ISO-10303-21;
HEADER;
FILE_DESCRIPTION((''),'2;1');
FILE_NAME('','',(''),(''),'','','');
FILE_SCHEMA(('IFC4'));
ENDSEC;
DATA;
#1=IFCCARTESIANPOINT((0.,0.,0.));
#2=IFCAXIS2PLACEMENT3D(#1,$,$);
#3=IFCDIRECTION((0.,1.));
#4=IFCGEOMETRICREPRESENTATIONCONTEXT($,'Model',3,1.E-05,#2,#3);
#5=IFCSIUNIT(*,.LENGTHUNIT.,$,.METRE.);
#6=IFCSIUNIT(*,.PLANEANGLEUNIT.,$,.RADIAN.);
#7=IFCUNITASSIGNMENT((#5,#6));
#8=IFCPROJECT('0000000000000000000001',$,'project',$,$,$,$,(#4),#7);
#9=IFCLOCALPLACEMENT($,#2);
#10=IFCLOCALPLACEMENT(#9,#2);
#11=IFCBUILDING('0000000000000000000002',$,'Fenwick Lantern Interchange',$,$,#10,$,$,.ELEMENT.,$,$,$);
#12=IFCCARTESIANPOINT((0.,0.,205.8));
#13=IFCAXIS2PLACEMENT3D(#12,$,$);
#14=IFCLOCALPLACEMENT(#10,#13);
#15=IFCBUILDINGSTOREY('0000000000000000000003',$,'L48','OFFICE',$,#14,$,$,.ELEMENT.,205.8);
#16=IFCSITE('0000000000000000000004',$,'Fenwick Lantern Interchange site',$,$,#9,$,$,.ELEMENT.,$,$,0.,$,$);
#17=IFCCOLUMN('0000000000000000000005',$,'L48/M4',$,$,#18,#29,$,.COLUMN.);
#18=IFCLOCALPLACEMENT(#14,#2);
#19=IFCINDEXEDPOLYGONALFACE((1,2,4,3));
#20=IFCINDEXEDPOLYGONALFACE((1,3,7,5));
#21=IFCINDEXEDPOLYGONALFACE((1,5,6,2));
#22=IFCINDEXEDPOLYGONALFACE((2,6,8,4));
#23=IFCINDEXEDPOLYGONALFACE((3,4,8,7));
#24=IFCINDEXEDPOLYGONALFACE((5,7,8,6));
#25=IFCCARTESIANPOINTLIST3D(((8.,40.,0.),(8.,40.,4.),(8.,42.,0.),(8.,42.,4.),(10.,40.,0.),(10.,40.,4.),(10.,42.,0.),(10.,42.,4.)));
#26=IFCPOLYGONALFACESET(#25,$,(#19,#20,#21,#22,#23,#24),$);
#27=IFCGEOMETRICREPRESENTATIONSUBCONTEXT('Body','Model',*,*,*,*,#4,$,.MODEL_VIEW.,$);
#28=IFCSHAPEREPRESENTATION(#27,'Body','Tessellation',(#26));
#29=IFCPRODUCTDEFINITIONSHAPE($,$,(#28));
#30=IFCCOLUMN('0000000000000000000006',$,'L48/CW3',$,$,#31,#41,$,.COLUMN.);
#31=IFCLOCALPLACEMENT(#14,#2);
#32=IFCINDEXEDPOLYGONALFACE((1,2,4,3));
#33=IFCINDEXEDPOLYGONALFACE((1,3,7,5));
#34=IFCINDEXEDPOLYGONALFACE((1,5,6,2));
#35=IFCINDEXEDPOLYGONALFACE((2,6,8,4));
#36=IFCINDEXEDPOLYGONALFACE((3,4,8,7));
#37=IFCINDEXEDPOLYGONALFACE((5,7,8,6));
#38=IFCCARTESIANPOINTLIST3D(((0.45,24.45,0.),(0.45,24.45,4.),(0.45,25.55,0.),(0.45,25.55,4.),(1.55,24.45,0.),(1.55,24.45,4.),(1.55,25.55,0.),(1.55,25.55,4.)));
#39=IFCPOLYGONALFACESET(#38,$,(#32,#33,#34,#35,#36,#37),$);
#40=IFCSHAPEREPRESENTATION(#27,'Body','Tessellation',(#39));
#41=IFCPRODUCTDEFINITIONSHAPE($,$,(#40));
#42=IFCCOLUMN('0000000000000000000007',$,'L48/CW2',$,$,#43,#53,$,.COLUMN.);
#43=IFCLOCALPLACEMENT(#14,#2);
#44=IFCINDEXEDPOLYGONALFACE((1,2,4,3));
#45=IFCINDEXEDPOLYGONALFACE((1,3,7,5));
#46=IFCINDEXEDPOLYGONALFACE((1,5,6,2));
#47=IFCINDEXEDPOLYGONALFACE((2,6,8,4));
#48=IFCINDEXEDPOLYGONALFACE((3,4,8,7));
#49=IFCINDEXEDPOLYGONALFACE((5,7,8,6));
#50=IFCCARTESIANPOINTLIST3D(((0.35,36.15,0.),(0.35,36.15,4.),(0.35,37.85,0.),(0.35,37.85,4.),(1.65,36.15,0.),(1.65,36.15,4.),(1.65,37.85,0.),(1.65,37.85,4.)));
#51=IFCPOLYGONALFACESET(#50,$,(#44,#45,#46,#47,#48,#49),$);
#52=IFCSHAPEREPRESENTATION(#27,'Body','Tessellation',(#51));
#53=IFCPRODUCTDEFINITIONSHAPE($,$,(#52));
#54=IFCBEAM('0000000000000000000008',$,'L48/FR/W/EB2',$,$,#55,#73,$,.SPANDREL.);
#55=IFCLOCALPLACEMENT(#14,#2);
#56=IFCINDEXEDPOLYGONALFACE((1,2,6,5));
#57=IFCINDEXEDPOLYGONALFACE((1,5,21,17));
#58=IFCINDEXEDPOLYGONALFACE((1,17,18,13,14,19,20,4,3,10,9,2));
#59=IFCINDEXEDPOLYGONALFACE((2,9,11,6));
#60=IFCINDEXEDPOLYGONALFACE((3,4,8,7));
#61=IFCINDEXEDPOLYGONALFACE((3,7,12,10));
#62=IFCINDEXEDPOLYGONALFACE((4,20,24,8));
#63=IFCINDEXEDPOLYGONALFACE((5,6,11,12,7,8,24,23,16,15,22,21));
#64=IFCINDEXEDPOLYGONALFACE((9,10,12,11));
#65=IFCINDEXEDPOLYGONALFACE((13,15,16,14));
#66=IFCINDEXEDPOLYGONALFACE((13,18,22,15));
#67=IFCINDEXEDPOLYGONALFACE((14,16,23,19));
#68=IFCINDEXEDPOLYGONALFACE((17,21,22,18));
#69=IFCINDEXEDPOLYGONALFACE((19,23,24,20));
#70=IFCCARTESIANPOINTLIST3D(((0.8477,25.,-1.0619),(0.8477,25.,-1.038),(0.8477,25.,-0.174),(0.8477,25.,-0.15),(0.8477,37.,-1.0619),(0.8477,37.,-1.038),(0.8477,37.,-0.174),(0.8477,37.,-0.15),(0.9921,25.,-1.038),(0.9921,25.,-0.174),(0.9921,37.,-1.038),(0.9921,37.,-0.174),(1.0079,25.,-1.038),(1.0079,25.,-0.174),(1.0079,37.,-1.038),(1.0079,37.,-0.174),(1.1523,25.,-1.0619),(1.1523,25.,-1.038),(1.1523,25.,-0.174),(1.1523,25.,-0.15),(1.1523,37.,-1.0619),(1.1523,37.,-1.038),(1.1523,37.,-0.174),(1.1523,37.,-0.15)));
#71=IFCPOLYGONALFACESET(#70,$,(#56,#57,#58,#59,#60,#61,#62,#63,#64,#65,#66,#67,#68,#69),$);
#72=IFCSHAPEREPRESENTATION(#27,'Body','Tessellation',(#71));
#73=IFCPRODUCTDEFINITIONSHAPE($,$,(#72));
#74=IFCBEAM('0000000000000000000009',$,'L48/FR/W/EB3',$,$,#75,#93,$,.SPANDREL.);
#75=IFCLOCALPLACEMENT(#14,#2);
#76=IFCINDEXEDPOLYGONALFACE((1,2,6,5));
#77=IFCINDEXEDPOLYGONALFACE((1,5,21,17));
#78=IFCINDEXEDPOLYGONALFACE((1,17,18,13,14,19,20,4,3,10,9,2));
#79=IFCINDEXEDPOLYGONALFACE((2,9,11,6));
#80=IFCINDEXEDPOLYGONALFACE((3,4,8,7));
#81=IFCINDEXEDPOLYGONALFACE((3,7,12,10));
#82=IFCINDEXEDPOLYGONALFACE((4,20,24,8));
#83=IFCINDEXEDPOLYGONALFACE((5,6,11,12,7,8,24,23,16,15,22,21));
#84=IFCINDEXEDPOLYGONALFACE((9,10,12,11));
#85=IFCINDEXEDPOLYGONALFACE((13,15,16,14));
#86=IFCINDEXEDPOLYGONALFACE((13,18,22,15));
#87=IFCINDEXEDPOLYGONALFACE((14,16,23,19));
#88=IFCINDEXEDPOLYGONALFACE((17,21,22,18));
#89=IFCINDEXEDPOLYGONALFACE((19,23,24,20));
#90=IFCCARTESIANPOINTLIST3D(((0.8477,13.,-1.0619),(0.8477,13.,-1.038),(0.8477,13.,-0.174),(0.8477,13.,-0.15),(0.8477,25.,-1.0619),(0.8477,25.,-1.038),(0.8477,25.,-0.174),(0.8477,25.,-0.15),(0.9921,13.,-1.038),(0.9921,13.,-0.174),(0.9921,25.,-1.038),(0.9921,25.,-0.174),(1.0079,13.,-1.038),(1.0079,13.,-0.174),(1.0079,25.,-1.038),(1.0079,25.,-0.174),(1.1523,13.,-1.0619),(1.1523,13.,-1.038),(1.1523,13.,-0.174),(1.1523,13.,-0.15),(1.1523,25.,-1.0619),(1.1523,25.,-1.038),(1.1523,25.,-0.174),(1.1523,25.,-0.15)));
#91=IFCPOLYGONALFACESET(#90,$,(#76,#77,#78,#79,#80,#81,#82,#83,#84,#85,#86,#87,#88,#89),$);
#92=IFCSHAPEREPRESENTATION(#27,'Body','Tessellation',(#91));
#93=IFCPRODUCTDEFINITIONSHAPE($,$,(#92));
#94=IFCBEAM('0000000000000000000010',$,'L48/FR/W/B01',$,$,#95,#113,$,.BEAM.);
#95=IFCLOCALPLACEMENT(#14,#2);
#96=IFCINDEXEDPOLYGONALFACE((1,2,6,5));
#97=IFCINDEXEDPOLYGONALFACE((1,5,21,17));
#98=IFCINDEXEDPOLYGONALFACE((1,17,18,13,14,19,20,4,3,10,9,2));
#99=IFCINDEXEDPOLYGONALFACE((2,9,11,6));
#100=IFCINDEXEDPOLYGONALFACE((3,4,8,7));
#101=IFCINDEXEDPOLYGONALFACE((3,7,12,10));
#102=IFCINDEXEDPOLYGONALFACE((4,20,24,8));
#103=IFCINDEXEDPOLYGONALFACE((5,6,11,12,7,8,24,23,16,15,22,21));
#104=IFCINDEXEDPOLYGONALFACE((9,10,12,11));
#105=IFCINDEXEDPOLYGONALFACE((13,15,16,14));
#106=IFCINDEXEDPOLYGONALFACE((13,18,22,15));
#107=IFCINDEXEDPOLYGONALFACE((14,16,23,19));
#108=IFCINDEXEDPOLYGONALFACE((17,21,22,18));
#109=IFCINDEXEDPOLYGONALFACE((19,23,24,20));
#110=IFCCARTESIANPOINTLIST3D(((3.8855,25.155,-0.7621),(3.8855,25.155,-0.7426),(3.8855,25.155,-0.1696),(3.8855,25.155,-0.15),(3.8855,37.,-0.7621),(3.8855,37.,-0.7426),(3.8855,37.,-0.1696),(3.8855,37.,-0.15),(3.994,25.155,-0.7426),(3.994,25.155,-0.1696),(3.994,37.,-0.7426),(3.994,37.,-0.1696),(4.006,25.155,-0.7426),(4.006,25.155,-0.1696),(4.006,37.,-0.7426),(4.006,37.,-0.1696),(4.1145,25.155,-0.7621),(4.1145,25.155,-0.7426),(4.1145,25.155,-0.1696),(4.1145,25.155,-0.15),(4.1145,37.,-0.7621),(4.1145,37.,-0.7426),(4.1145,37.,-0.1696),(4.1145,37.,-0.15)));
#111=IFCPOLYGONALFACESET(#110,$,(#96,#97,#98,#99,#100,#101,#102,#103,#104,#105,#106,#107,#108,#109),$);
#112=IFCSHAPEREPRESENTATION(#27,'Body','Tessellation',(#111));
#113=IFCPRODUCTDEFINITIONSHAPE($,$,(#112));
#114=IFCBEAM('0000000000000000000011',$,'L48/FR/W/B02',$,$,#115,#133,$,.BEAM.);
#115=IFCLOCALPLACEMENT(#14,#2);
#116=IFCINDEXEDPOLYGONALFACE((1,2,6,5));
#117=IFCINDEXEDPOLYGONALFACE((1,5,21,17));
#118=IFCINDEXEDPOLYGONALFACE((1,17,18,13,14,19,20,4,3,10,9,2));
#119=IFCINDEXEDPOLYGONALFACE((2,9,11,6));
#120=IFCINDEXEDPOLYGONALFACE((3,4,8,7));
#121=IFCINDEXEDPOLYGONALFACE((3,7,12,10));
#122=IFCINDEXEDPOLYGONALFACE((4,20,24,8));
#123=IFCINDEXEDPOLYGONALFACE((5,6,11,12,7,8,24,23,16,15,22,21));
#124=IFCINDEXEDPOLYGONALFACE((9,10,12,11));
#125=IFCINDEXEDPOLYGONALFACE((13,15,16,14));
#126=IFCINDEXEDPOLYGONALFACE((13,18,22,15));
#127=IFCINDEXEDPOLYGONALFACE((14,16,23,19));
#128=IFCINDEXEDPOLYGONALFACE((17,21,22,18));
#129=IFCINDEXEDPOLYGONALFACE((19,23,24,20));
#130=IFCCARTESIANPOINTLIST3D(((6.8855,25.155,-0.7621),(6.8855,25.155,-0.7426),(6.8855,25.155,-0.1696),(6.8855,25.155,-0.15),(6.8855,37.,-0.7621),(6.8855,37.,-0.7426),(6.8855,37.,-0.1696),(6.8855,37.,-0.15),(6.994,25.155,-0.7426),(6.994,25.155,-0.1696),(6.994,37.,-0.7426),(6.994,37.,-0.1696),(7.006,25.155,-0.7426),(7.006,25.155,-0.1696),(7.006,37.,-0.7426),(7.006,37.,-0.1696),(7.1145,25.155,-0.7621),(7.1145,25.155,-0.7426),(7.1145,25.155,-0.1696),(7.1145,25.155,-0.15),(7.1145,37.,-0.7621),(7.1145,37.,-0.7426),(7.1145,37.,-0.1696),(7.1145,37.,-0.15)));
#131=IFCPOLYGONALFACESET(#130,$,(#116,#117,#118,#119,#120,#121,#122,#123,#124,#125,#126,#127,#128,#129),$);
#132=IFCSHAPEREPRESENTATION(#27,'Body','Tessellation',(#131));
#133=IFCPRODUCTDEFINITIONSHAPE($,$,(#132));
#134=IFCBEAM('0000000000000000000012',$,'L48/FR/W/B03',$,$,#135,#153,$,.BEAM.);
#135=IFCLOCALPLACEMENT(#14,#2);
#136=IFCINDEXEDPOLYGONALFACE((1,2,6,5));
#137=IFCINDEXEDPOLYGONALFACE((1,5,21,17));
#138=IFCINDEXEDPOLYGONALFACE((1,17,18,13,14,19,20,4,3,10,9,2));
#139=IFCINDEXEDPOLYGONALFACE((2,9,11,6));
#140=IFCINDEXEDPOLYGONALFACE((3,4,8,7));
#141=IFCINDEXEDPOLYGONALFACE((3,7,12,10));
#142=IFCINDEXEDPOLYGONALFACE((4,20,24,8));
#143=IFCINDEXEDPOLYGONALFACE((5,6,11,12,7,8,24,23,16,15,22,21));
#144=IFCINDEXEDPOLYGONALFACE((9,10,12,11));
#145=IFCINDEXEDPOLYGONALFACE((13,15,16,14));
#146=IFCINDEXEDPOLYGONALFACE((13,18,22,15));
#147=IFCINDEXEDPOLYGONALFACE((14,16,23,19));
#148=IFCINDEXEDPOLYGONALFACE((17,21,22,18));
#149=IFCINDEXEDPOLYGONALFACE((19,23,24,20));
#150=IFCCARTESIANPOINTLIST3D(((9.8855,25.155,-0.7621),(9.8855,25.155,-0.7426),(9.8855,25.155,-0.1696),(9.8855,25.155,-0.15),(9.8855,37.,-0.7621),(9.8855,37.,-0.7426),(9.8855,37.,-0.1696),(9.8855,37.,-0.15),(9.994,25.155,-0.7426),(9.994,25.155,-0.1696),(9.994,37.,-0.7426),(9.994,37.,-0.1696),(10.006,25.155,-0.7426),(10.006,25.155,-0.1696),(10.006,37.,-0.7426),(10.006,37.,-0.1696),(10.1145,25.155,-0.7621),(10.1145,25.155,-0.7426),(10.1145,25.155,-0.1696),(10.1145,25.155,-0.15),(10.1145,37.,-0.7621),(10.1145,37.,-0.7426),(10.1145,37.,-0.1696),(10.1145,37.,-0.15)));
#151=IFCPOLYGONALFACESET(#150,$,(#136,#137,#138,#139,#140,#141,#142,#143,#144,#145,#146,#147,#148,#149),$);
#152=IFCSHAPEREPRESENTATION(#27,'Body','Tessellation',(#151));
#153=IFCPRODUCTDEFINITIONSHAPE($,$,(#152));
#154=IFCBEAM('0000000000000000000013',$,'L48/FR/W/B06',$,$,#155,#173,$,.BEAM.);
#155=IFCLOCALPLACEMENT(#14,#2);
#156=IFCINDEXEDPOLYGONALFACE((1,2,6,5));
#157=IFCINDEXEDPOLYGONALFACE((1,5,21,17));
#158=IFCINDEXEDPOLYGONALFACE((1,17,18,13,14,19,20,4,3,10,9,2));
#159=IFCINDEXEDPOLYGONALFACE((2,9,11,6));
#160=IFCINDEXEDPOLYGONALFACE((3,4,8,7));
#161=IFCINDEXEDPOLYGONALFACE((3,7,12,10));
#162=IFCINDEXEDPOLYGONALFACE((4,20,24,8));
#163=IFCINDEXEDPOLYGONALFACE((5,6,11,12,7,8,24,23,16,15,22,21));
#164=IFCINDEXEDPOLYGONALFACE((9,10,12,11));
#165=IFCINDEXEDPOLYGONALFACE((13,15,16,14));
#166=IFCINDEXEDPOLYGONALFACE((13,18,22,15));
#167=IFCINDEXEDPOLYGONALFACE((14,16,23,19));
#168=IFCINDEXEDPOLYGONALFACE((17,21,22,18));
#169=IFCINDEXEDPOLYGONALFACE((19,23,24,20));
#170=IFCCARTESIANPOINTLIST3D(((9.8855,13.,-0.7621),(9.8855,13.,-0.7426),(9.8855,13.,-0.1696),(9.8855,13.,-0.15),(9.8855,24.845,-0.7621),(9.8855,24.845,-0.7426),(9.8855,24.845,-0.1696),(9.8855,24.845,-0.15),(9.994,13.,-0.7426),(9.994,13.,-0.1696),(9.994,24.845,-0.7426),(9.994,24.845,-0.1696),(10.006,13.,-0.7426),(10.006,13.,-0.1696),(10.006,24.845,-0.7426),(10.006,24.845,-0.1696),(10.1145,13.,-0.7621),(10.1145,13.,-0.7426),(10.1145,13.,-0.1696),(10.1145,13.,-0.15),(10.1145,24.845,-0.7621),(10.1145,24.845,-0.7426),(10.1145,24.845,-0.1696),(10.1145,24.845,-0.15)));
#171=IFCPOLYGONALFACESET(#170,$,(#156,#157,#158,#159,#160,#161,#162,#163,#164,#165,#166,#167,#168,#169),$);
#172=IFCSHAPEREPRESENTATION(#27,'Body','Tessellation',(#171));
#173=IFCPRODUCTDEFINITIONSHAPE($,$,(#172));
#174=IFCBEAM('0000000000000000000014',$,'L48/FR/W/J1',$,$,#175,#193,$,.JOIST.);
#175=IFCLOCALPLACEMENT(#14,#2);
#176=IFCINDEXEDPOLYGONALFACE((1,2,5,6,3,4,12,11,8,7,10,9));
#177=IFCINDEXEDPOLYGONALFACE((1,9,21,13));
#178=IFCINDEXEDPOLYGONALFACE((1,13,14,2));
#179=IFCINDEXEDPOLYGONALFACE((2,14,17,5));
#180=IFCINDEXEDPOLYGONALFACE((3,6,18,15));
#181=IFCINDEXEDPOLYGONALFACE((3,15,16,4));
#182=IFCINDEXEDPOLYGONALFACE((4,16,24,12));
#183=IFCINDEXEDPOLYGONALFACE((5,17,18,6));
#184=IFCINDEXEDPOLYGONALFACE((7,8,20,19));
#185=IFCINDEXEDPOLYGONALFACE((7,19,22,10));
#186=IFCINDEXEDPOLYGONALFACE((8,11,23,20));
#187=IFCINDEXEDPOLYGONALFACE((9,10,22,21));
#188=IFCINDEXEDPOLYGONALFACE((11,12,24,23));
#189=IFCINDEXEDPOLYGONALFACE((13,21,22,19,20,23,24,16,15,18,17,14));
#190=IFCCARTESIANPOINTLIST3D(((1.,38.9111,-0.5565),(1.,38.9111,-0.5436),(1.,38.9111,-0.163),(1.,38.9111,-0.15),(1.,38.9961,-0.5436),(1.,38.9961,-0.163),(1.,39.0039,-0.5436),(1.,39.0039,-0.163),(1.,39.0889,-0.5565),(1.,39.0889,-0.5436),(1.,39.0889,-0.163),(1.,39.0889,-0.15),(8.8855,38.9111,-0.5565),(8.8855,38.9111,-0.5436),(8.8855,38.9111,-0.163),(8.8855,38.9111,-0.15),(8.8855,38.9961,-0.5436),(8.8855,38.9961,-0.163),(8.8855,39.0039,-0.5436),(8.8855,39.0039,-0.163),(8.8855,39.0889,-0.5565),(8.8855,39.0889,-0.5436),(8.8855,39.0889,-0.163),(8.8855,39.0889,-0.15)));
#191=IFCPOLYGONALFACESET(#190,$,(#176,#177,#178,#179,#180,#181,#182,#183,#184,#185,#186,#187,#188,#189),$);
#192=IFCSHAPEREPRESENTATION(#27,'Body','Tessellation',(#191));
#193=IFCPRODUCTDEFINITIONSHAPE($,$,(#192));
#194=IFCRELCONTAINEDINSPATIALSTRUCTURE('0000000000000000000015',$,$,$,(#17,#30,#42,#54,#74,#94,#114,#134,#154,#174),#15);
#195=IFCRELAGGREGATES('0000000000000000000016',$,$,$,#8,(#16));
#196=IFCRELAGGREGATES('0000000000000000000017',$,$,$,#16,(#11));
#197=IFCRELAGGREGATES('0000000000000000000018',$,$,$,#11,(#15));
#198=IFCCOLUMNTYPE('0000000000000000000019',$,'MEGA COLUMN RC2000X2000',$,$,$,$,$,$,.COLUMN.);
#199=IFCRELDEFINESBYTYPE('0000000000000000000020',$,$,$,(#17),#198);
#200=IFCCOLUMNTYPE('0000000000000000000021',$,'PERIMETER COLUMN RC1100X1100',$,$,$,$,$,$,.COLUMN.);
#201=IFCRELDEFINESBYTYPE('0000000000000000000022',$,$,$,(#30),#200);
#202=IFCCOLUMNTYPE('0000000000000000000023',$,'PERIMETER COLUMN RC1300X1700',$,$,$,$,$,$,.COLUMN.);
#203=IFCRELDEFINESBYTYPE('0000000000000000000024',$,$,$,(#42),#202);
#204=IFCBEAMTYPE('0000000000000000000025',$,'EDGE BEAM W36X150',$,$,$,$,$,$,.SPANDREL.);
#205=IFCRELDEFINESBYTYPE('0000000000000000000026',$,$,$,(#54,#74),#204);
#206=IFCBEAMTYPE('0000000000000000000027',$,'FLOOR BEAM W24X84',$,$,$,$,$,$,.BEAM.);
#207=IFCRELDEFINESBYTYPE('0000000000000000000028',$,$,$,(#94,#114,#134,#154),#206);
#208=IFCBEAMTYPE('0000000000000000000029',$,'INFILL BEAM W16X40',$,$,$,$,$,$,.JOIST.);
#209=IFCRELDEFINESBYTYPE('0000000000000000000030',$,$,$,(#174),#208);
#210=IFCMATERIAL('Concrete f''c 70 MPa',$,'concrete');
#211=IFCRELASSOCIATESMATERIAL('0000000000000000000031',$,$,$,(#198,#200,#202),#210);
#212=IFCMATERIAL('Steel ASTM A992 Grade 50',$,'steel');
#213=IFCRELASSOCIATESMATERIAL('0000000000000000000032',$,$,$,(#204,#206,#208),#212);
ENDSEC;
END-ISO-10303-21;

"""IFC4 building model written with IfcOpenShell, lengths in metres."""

from ifc_helpers import new_model, si_unit, direction, frame, origin, origin_2d, place, context, subcontext, project, spatial, rectangle, i_section, extrude, material, material_profile, profile_set, type_object, element, save


model = new_model("IFC4")

# Units and contexts
model_context = context("Model", 3, precision=1e-05, world=origin(), true_north=direction((0.0, 1.0)))
body_context = subcontext(model_context, "Body", "Model", "MODEL_VIEW")
ifc_project = project(units=[si_unit("LENGTHUNIT", "METRE"), si_unit("PLANEANGLEUNIT", "RADIAN")], contexts=[model_context])

# Site, building, storey
site_placement = place(None, origin())
site = spatial("IfcSite", under=ifc_project, at=site_placement, Name="Fenwick Lantern Interchange site", CompositionType="ELEMENT", RefElevation=0.0)
building_placement = place(site_placement, origin())
building = spatial("IfcBuilding", under=site, at=building_placement, Name="Fenwick Lantern Interchange", CompositionType="ELEMENT")
storey_placement = place(building_placement, frame((0.0, 0.0, 205.8)))
storey = spatial("IfcBuildingStorey", under=building, at=storey_placement, Name="L48", Description="OFFICE", CompositionType="ELEMENT", Elevation=205.8)

# Columns
ifc_material_1 = material(Name="Concrete f'c 70 MPa", Category="concrete")
ifc_material_profile_1 = material_profile(ifc_material_1, rectangle(XDim=2.0, YDim=2.0, at=origin_2d()), Name="RC2000X2000")
ifc_profile_set_1 = profile_set([ifc_material_profile_1], Name="Concrete f'c 70 MPa")
column_type_1 = type_object("IfcColumnType", Name="MEGA COLUMN RC2000X2000", PredefinedType="COLUMN", material=ifc_profile_set_1)
column_1_placement = place(storey_placement, frame((9.0, 41.0, 0.0), z_axis=(0.0, 0.0, 1.0), x_axis=(1.0, 0.0, 0.0)))
element("IfcColumn", 1, at=column_1_placement, inside=storey, type_object=column_type_1, Name="L48/M4", PredefinedType="COLUMN", context=body_context, shape_type="SweptSolid", body=[
    extrude(rectangle(XDim=2.0, YDim=2.0, at=origin_2d()), origin(), (0.0, 0.0, 1.0), 4.0),
])
ifc_material_profile_2 = material_profile(ifc_material_1, rectangle(XDim=1.1001, YDim=1.1001, at=origin_2d()), Name="RC1100X1100")
ifc_profile_set_2 = profile_set([ifc_material_profile_2], Name="Concrete f'c 70 MPa")
column_type_2 = type_object("IfcColumnType", Name="PERIMETER COLUMN RC1100X1100", PredefinedType="COLUMN", material=ifc_profile_set_2)
column_2_placement = place(storey_placement, frame((1.0, 25.0, 0.0), z_axis=(0.0, 0.0, 1.0), x_axis=(1.0, 0.0, 0.0)))
element("IfcColumn", 2, at=column_2_placement, inside=storey, type_object=column_type_2, Name="L48/CW3", PredefinedType="COLUMN", context=body_context, shape_type="SweptSolid", body=[
    extrude(rectangle(XDim=1.1001, YDim=1.1001, at=origin_2d()), origin(), (0.0, 0.0, 1.0), 4.0),
])
ifc_material_profile_3 = material_profile(ifc_material_1, rectangle(XDim=1.3, YDim=1.7, at=origin_2d()), Name="RC1300X1700")
ifc_profile_set_3 = profile_set([ifc_material_profile_3], Name="Concrete f'c 70 MPa")
column_type_3 = type_object("IfcColumnType", Name="PERIMETER COLUMN RC1300X1700", PredefinedType="COLUMN", material=ifc_profile_set_3)
column_3_placement = place(storey_placement, frame((1.0, 37.0, 0.0), z_axis=(0.0, 0.0, 1.0), x_axis=(1.0, 0.0, 0.0)))
element("IfcColumn", 3, at=column_3_placement, inside=storey, type_object=column_type_3, Name="L48/CW2", PredefinedType="COLUMN", context=body_context, shape_type="SweptSolid", body=[
    extrude(rectangle(XDim=1.3, YDim=1.7, at=origin_2d()), origin(), (0.0, 0.0, 1.0), 4.0),
])

# Beams
ifc_material_2 = material(Name="Steel ASTM A992 Grade 50", Category="steel")
ifc_material_profile_4 = material_profile(ifc_material_2, i_section(OverallWidth=0.3047, OverallDepth=0.9119, WebThickness=0.0159, FlangeThickness=0.0239, at=origin_2d()), Name="W36X150")
ifc_profile_set_4 = profile_set([ifc_material_profile_4], Name="Steel ASTM A992 Grade 50")
beam_type_1 = type_object("IfcBeamType", Name="EDGE BEAM W36X150", PredefinedType="SPANDREL", material=ifc_profile_set_4)
for number, where, z_axis, x_axis, name in (
    (4, (1.0, 37.0, -0.606), (0.0, -1.0, 0.0), (1.0, 0.0, 0.0), "L48/FR/W/EB2"),
    (5, (1.0, 25.0, -0.606), (0.0, -1.0, 0.0), (1.0, 0.0, 0.0), "L48/FR/W/EB3"),
):
    element("IfcBeam", number, at=place(storey_placement, frame(where, z_axis=z_axis, x_axis=x_axis)), inside=storey, type_object=beam_type_1, Name=name, PredefinedType="SPANDREL", context=body_context, shape_type="SweptSolid", body=[
        extrude(i_section(OverallWidth=0.3047, OverallDepth=0.9119, WebThickness=0.0159, FlangeThickness=0.0239, at=origin_2d()), origin(), (0.0, 0.0, 1.0), 12.0),
    ])
ifc_material_profile_5 = material_profile(ifc_material_2, i_section(OverallWidth=0.229, OverallDepth=0.6121, WebThickness=0.012, FlangeThickness=0.0195, at=origin_2d()), Name="W24X84")
ifc_profile_set_5 = profile_set([ifc_material_profile_5], Name="Steel ASTM A992 Grade 50")
beam_type_2 = type_object("IfcBeamType", Name="FLOOR BEAM W24X84", PredefinedType="BEAM", material=ifc_profile_set_5)
for number, where, z_axis, x_axis, name in (
    (6, (4.0, 37.0, -0.4561), (0.0, -1.0, 0.0), (1.0, 0.0, 0.0), "L48/FR/W/B01"),
    (7, (7.0, 37.0, -0.4561), (0.0, -1.0, 0.0), (1.0, 0.0, 0.0), "L48/FR/W/B02"),
    (8, (10.0, 37.0, -0.4561), (0.0, -1.0, 0.0), (1.0, 0.0, 0.0), "L48/FR/W/B03"),
    (9, (10.0, 24.845, -0.4561), (0.0, -1.0, 0.0), (1.0, 0.0, 0.0), "L48/FR/W/B06"),
):
    element("IfcBeam", number, at=place(storey_placement, frame(where, z_axis=z_axis, x_axis=x_axis)), inside=storey, type_object=beam_type_2, Name=name, PredefinedType="BEAM", context=body_context, shape_type="SweptSolid", body=[
        extrude(i_section(OverallWidth=0.229, OverallDepth=0.6121, WebThickness=0.012, FlangeThickness=0.0195, at=origin_2d()), origin(), (0.0, 0.0, 1.0), 11.845),
    ])
ifc_material_profile_6 = material_profile(ifc_material_2, i_section(OverallWidth=0.1777, OverallDepth=0.4065, WebThickness=0.0078, FlangeThickness=0.0129, at=origin_2d()), Name="W16X40")
ifc_profile_set_6 = profile_set([ifc_material_profile_6], Name="Steel ASTM A992 Grade 50")
beam_type_3 = type_object("IfcBeamType", Name="INFILL BEAM W16X40", PredefinedType="JOIST", material=ifc_profile_set_6)
beam_1_placement = place(storey_placement, frame((1.0, 39.0, -0.3533), z_axis=(1.0, 0.0, 0.0), x_axis=(0.0, 1.0, 0.0)))
element("IfcBeam", 10, at=beam_1_placement, inside=storey, type_object=beam_type_3, Name="L48/FR/W/J1", PredefinedType="JOIST", context=body_context, shape_type="SweptSolid", body=[
    extrude(i_section(OverallWidth=0.1777, OverallDepth=0.4065, WebThickness=0.0078, FlangeThickness=0.0129, at=origin_2d()), origin(), (0.0, 0.0, 1.0), 7.8855),
])

save(model, "model.ifc")
